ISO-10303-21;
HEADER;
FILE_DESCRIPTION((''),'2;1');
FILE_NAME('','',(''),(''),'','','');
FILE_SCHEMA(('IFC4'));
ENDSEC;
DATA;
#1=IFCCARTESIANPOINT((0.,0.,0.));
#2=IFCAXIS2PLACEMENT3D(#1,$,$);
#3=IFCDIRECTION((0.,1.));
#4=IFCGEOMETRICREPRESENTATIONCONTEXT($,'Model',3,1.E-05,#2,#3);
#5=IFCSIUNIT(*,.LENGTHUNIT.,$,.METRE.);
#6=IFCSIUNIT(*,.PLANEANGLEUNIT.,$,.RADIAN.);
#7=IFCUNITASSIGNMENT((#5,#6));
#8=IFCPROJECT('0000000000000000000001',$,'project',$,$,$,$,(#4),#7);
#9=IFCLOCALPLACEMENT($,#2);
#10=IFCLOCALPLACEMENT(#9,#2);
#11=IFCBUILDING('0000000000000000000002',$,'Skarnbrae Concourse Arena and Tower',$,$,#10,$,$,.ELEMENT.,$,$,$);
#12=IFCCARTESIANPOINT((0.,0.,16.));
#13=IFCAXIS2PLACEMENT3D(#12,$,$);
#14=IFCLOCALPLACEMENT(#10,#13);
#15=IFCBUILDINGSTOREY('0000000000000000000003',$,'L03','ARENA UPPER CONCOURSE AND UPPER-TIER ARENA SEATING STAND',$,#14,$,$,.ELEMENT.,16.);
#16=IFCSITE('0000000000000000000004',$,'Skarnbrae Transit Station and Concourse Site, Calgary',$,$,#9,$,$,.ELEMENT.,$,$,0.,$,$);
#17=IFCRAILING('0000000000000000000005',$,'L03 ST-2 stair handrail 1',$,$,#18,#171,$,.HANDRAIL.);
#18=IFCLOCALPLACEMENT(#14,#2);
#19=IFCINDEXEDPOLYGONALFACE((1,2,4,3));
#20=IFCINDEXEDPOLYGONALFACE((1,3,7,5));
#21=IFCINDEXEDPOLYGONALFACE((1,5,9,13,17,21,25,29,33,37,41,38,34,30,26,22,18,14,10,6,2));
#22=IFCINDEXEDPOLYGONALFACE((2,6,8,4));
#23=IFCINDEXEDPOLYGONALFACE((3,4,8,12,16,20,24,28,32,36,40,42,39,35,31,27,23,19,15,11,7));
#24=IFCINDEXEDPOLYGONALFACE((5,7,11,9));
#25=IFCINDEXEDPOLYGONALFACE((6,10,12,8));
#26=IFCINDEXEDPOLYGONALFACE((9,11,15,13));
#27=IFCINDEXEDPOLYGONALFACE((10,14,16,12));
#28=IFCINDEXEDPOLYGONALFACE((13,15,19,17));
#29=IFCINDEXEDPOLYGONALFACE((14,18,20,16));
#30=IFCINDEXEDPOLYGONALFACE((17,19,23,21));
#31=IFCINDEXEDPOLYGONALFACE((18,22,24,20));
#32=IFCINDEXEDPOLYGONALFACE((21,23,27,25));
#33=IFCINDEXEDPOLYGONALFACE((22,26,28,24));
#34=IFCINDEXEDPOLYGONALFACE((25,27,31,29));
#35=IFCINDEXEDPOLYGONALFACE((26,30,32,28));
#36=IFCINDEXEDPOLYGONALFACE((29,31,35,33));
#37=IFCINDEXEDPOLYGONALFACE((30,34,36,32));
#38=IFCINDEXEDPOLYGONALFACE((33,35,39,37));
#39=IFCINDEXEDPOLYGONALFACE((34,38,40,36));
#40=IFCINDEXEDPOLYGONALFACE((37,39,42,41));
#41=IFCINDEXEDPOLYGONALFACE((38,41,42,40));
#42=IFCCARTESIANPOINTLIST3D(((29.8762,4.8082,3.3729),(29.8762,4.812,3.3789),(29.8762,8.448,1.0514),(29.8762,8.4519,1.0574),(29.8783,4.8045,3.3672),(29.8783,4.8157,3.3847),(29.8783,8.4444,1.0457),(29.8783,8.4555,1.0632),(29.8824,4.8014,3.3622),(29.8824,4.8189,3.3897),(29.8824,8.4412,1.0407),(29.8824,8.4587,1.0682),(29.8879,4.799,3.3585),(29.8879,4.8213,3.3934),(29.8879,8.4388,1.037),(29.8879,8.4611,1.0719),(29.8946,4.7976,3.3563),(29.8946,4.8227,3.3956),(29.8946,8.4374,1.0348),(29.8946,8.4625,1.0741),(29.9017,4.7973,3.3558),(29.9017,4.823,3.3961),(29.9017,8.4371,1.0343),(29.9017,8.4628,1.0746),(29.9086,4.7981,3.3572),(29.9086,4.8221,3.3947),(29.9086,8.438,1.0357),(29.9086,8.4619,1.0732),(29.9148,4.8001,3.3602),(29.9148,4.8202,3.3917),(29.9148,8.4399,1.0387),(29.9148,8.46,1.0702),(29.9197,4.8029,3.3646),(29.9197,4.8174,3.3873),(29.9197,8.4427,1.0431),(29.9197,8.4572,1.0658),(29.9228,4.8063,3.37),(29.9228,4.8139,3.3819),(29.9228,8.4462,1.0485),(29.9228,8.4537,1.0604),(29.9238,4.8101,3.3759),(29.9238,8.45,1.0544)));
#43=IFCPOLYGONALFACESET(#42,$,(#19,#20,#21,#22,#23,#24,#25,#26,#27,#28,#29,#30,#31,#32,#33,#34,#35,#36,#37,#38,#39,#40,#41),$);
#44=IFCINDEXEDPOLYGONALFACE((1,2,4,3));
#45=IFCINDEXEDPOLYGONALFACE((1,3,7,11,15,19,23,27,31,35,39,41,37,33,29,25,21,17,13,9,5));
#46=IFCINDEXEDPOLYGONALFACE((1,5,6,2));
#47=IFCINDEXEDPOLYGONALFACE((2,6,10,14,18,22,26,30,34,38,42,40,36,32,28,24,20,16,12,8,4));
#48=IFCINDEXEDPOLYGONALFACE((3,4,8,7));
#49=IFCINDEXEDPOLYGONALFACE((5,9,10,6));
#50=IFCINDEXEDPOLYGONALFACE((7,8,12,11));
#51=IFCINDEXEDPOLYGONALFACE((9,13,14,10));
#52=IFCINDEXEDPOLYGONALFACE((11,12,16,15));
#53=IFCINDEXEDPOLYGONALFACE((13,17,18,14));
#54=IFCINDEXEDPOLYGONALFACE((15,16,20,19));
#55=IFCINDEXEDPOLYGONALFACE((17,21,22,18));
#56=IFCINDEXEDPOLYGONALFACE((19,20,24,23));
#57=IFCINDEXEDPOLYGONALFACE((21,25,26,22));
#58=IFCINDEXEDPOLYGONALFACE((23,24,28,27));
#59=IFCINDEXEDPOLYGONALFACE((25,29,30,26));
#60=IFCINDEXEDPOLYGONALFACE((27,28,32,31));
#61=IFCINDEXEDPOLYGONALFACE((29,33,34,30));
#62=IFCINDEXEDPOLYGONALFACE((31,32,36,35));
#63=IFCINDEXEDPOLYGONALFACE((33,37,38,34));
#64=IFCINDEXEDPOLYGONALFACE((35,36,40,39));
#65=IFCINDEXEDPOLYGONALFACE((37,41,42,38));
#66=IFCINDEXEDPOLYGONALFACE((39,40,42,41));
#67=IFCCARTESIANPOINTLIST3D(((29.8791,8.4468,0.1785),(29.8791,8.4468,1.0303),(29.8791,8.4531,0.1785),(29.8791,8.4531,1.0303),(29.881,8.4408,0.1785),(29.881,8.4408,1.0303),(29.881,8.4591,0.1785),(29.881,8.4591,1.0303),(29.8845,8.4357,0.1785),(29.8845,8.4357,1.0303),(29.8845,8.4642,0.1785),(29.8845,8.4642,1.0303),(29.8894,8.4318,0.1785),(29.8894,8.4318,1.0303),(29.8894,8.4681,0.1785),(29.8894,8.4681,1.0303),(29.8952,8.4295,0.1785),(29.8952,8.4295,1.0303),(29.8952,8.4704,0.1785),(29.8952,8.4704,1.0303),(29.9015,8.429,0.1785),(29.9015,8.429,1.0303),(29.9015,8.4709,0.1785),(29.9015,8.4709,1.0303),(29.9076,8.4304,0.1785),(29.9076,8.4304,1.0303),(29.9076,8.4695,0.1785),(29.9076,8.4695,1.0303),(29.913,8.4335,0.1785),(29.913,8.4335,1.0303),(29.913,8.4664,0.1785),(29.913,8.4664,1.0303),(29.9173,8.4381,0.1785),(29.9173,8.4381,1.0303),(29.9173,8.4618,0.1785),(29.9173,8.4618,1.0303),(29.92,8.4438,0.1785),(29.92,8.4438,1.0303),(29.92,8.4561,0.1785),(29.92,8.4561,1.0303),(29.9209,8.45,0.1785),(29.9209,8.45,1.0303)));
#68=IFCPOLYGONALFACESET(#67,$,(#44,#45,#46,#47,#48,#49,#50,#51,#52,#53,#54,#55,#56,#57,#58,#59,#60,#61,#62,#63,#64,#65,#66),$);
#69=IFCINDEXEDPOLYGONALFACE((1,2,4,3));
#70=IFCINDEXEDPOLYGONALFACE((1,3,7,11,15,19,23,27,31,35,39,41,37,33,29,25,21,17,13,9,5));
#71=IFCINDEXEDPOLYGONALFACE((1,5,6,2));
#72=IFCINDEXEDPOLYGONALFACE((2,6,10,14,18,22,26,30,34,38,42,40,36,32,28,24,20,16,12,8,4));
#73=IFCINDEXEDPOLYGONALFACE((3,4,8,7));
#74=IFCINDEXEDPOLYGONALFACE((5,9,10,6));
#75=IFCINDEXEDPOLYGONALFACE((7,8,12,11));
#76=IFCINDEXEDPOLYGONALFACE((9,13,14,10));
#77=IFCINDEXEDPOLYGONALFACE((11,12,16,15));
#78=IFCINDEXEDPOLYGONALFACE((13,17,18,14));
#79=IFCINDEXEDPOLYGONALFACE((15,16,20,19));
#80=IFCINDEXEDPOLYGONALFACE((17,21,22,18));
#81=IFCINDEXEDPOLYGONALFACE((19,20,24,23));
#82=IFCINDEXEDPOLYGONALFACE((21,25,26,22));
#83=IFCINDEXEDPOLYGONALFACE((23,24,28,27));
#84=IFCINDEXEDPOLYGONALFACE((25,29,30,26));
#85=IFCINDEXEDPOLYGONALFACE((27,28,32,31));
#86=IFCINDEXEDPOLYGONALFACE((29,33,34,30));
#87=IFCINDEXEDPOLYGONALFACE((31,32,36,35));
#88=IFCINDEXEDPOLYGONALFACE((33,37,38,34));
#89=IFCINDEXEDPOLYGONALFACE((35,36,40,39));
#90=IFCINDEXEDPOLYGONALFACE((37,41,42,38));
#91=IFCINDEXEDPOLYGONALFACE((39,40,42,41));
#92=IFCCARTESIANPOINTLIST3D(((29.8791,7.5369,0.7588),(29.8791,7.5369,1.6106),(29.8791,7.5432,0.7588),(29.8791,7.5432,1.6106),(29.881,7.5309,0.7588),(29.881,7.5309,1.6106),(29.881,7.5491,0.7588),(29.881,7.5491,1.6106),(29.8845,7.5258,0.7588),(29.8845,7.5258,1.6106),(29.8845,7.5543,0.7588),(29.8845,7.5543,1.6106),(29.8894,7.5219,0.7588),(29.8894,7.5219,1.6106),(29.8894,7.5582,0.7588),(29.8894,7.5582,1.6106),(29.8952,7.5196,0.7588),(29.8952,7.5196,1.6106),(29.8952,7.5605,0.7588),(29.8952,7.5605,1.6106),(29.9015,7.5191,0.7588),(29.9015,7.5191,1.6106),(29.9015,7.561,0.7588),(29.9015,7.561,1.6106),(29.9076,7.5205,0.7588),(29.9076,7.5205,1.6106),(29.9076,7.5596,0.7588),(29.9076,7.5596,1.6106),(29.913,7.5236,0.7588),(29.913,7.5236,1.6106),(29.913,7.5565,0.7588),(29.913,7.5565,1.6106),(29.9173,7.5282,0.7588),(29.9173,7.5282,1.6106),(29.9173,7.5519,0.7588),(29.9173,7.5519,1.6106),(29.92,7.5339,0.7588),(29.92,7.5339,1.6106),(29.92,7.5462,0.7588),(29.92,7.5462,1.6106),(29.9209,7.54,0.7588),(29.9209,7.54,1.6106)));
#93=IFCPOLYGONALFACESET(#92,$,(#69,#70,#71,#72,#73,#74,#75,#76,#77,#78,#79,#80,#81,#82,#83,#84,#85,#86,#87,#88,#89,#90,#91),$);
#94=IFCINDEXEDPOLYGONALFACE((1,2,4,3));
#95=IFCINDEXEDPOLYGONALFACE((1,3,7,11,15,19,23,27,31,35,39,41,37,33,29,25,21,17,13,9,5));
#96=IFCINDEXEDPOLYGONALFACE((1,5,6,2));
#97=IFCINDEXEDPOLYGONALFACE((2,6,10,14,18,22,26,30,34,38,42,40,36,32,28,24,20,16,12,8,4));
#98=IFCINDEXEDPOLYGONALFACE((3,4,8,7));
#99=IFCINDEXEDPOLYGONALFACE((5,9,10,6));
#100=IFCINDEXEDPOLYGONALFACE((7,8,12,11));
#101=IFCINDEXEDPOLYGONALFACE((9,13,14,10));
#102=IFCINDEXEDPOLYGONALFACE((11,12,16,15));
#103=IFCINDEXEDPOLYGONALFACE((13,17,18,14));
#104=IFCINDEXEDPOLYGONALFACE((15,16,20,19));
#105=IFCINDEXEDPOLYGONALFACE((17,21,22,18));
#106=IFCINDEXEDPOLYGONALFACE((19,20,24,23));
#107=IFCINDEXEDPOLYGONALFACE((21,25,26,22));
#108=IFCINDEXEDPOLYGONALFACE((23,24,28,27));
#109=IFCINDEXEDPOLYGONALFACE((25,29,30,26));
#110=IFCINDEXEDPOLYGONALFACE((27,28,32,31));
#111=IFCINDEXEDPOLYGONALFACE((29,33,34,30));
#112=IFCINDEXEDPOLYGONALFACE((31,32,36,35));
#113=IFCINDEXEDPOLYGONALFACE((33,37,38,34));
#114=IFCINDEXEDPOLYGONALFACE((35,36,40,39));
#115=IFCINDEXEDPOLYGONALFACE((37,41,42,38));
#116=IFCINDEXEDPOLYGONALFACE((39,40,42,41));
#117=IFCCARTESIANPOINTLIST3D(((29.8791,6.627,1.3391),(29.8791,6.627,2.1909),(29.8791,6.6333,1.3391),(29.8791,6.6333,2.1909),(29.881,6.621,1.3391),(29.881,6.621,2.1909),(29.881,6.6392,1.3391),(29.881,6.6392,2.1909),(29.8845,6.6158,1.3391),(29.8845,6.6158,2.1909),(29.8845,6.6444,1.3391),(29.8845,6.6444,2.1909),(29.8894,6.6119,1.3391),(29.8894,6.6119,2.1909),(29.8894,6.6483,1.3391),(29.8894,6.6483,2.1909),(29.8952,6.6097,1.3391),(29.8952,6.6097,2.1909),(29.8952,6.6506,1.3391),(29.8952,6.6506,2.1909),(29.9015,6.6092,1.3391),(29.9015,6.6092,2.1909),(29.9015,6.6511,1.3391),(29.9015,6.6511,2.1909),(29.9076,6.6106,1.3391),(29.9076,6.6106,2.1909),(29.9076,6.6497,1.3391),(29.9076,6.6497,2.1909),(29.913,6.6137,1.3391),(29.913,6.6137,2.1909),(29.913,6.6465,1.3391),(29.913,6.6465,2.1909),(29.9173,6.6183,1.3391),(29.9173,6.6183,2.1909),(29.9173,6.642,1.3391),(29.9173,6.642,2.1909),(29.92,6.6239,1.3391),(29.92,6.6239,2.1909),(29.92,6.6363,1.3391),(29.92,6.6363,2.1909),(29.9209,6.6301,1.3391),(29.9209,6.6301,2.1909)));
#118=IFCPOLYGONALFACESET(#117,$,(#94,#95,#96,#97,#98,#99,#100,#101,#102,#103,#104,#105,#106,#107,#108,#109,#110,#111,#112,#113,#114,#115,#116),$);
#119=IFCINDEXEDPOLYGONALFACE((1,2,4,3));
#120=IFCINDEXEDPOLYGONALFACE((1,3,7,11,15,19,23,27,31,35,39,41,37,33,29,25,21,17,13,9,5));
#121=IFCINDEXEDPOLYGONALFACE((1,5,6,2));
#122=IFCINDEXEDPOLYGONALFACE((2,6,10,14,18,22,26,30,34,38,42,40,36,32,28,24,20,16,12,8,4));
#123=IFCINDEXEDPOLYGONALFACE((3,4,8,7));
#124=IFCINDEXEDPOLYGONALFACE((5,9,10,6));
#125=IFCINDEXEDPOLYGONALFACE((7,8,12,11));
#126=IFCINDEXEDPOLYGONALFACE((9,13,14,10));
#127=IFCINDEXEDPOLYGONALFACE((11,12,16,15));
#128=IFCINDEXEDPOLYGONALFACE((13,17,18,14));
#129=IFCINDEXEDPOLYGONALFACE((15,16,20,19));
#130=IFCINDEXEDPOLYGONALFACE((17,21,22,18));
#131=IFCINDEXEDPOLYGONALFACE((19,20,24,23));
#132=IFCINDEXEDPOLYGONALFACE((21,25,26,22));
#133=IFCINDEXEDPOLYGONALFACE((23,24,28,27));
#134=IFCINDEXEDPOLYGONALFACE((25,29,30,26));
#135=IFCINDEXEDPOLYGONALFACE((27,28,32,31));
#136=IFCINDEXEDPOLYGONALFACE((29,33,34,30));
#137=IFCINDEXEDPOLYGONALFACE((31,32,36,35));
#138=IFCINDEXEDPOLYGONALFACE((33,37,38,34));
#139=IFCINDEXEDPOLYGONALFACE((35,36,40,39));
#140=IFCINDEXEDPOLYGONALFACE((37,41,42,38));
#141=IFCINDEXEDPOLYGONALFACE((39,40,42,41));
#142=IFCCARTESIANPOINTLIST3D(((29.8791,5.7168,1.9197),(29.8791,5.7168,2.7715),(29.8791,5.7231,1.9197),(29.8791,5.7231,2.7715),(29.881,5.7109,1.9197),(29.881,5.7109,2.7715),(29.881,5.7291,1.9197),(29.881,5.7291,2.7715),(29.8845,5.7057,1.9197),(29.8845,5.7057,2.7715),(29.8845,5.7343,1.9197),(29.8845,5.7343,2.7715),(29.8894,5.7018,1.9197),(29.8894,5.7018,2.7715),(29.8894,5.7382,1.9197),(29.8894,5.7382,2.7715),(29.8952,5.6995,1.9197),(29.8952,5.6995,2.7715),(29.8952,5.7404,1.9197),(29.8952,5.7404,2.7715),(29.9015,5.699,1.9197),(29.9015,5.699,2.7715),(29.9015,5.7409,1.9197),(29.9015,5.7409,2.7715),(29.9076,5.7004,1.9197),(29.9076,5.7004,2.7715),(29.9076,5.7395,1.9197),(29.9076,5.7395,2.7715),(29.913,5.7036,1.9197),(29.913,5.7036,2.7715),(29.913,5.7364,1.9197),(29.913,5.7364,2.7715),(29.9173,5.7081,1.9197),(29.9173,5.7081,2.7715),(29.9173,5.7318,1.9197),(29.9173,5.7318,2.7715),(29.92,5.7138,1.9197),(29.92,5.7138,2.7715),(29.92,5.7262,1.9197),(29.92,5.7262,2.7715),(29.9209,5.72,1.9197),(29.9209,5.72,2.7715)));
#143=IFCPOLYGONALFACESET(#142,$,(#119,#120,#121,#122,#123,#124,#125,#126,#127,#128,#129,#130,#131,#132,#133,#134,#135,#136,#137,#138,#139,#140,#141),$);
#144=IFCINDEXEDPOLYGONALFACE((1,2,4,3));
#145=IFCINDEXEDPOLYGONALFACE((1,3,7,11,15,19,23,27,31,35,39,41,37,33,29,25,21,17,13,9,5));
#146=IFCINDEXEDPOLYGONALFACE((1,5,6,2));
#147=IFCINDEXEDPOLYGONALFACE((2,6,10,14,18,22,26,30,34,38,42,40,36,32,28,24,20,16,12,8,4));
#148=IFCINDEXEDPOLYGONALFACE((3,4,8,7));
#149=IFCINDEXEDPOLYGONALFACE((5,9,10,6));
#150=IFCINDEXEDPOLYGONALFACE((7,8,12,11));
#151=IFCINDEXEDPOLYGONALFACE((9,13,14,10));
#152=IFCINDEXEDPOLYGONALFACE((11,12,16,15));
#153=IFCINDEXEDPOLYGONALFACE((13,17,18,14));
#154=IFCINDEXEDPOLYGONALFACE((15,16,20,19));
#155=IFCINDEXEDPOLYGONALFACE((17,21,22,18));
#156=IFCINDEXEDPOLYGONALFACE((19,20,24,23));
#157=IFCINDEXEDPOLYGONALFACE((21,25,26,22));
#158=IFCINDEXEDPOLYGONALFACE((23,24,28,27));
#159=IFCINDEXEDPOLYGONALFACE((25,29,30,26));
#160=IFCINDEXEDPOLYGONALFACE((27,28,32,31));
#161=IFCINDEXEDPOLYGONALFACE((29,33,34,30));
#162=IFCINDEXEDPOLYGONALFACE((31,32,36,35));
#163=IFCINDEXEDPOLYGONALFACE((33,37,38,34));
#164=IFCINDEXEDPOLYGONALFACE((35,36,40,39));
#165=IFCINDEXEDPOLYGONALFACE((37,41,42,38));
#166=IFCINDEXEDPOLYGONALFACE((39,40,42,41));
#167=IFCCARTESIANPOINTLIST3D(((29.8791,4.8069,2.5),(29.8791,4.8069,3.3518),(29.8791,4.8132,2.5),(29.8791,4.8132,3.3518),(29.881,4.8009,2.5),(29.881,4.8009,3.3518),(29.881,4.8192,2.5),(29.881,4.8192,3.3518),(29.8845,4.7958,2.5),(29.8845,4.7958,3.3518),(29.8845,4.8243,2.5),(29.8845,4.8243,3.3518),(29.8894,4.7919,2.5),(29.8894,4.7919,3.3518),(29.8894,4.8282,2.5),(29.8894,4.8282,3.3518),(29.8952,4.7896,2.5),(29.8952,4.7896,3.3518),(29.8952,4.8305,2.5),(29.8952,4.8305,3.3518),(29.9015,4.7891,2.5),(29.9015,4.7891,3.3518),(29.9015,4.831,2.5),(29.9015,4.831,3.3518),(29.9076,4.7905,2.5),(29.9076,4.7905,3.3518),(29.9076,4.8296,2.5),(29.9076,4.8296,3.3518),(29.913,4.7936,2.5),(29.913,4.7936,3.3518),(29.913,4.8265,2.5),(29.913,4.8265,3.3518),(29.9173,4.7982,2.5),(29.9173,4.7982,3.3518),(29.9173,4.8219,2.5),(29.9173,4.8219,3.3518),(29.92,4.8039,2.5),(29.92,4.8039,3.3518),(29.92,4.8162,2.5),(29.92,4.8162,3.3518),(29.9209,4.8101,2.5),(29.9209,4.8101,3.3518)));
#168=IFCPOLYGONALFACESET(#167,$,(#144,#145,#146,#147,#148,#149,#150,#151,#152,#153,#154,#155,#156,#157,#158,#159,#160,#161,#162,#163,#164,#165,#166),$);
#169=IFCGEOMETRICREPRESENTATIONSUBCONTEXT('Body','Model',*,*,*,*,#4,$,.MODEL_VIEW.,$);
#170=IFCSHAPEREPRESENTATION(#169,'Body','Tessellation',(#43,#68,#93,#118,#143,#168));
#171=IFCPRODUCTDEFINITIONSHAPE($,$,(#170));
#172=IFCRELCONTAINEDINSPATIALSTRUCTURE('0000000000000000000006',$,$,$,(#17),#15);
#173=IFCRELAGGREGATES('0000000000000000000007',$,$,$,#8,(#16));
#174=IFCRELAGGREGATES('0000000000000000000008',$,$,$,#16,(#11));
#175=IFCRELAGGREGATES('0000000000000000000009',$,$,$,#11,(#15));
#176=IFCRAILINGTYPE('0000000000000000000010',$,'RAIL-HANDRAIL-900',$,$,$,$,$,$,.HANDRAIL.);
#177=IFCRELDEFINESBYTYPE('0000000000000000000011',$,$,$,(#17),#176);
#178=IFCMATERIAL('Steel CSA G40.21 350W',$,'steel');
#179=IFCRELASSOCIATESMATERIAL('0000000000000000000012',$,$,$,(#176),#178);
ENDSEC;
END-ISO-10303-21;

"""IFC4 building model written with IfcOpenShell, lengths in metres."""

from ifc_helpers import new_model, si_unit, direction, frame, origin, origin_2d, place, context, subcontext, project, spatial, circle, extrude, material, type_object, element, save


model = new_model("IFC4")

# Units and contexts
model_context = context("Model", 3, precision=1e-05, world=origin(), true_north=direction((0.0, 1.0)))
body_context = subcontext(model_context, "Body", "Model", "MODEL_VIEW")
ifc_project = project(units=[si_unit("LENGTHUNIT", "METRE"), si_unit("PLANEANGLEUNIT", "RADIAN")], contexts=[model_context])

# Site, building, storey
site_placement = place(None, origin())
site = spatial("IfcSite", under=ifc_project, at=site_placement, Name="Skarnbrae Transit Station and Concourse Site, Calgary", CompositionType="ELEMENT", RefElevation=0.0)
building_placement = place(site_placement, origin())
building = spatial("IfcBuilding", under=site, at=building_placement, Name="Skarnbrae Concourse Arena and Tower", CompositionType="ELEMENT")
storey_placement = place(building_placement, frame((0.0, 0.0, 16.0)))
storey = spatial("IfcBuildingStorey", under=building, at=storey_placement, Name="L03", Description="ARENA UPPER CONCOURSE AND UPPER-TIER ARENA SEATING STAND", CompositionType="ELEMENT", Elevation=16.0)

# Shared definitions
ifc_material_1 = material(Name="Steel CSA G40.21 350W", Category="steel")

# Railing
railing_type_1 = type_object("IfcRailingType", Name="RAIL-HANDRAIL-900", PredefinedType="HANDRAIL", material=ifc_material_1)
railing_1_placement = place(storey_placement, frame((29.8999, 8.45, 0.1785)))
element("IfcRailing", 1, at=railing_1_placement, inside=storey, type_object=railing_type_1, Name="L03 ST-2 stair handrail 1", PredefinedType="HANDRAIL", context=body_context, shape_type="SweptSolid", body=[
    extrude(circle(Radius=0.0239, at=origin_2d()), frame((0.0, 0.0, 0.876), z_axis=(0.0, -0.843112, 0.537739), x_axis=(1.0, 0.0, 0.0)), (0.0, 0.0, 1.0), 4.3171),
    extrude(circle(Radius=0.021, at=origin_2d()), origin(), (0.0, 0.0, 1.0), 0.8518),
    extrude(circle(Radius=0.021, at=origin_2d()), frame((0.0, -0.9099, 0.5803)), (0.0, 0.0, 1.0), 0.8518),
    extrude(circle(Radius=0.021, at=origin_2d()), frame((0.0, -1.8198, 1.1606)), (0.0, 0.0, 1.0), 0.8518),
    extrude(circle(Radius=0.021, at=origin_2d()), frame((0.0, -2.73, 1.7412)), (0.0, 0.0, 1.0), 0.8518),
    extrude(circle(Radius=0.021, at=origin_2d()), frame((0.0, -3.6399, 2.3215)), (0.0, 0.0, 1.0), 0.8518),
])

save(model, "model.ifc")
